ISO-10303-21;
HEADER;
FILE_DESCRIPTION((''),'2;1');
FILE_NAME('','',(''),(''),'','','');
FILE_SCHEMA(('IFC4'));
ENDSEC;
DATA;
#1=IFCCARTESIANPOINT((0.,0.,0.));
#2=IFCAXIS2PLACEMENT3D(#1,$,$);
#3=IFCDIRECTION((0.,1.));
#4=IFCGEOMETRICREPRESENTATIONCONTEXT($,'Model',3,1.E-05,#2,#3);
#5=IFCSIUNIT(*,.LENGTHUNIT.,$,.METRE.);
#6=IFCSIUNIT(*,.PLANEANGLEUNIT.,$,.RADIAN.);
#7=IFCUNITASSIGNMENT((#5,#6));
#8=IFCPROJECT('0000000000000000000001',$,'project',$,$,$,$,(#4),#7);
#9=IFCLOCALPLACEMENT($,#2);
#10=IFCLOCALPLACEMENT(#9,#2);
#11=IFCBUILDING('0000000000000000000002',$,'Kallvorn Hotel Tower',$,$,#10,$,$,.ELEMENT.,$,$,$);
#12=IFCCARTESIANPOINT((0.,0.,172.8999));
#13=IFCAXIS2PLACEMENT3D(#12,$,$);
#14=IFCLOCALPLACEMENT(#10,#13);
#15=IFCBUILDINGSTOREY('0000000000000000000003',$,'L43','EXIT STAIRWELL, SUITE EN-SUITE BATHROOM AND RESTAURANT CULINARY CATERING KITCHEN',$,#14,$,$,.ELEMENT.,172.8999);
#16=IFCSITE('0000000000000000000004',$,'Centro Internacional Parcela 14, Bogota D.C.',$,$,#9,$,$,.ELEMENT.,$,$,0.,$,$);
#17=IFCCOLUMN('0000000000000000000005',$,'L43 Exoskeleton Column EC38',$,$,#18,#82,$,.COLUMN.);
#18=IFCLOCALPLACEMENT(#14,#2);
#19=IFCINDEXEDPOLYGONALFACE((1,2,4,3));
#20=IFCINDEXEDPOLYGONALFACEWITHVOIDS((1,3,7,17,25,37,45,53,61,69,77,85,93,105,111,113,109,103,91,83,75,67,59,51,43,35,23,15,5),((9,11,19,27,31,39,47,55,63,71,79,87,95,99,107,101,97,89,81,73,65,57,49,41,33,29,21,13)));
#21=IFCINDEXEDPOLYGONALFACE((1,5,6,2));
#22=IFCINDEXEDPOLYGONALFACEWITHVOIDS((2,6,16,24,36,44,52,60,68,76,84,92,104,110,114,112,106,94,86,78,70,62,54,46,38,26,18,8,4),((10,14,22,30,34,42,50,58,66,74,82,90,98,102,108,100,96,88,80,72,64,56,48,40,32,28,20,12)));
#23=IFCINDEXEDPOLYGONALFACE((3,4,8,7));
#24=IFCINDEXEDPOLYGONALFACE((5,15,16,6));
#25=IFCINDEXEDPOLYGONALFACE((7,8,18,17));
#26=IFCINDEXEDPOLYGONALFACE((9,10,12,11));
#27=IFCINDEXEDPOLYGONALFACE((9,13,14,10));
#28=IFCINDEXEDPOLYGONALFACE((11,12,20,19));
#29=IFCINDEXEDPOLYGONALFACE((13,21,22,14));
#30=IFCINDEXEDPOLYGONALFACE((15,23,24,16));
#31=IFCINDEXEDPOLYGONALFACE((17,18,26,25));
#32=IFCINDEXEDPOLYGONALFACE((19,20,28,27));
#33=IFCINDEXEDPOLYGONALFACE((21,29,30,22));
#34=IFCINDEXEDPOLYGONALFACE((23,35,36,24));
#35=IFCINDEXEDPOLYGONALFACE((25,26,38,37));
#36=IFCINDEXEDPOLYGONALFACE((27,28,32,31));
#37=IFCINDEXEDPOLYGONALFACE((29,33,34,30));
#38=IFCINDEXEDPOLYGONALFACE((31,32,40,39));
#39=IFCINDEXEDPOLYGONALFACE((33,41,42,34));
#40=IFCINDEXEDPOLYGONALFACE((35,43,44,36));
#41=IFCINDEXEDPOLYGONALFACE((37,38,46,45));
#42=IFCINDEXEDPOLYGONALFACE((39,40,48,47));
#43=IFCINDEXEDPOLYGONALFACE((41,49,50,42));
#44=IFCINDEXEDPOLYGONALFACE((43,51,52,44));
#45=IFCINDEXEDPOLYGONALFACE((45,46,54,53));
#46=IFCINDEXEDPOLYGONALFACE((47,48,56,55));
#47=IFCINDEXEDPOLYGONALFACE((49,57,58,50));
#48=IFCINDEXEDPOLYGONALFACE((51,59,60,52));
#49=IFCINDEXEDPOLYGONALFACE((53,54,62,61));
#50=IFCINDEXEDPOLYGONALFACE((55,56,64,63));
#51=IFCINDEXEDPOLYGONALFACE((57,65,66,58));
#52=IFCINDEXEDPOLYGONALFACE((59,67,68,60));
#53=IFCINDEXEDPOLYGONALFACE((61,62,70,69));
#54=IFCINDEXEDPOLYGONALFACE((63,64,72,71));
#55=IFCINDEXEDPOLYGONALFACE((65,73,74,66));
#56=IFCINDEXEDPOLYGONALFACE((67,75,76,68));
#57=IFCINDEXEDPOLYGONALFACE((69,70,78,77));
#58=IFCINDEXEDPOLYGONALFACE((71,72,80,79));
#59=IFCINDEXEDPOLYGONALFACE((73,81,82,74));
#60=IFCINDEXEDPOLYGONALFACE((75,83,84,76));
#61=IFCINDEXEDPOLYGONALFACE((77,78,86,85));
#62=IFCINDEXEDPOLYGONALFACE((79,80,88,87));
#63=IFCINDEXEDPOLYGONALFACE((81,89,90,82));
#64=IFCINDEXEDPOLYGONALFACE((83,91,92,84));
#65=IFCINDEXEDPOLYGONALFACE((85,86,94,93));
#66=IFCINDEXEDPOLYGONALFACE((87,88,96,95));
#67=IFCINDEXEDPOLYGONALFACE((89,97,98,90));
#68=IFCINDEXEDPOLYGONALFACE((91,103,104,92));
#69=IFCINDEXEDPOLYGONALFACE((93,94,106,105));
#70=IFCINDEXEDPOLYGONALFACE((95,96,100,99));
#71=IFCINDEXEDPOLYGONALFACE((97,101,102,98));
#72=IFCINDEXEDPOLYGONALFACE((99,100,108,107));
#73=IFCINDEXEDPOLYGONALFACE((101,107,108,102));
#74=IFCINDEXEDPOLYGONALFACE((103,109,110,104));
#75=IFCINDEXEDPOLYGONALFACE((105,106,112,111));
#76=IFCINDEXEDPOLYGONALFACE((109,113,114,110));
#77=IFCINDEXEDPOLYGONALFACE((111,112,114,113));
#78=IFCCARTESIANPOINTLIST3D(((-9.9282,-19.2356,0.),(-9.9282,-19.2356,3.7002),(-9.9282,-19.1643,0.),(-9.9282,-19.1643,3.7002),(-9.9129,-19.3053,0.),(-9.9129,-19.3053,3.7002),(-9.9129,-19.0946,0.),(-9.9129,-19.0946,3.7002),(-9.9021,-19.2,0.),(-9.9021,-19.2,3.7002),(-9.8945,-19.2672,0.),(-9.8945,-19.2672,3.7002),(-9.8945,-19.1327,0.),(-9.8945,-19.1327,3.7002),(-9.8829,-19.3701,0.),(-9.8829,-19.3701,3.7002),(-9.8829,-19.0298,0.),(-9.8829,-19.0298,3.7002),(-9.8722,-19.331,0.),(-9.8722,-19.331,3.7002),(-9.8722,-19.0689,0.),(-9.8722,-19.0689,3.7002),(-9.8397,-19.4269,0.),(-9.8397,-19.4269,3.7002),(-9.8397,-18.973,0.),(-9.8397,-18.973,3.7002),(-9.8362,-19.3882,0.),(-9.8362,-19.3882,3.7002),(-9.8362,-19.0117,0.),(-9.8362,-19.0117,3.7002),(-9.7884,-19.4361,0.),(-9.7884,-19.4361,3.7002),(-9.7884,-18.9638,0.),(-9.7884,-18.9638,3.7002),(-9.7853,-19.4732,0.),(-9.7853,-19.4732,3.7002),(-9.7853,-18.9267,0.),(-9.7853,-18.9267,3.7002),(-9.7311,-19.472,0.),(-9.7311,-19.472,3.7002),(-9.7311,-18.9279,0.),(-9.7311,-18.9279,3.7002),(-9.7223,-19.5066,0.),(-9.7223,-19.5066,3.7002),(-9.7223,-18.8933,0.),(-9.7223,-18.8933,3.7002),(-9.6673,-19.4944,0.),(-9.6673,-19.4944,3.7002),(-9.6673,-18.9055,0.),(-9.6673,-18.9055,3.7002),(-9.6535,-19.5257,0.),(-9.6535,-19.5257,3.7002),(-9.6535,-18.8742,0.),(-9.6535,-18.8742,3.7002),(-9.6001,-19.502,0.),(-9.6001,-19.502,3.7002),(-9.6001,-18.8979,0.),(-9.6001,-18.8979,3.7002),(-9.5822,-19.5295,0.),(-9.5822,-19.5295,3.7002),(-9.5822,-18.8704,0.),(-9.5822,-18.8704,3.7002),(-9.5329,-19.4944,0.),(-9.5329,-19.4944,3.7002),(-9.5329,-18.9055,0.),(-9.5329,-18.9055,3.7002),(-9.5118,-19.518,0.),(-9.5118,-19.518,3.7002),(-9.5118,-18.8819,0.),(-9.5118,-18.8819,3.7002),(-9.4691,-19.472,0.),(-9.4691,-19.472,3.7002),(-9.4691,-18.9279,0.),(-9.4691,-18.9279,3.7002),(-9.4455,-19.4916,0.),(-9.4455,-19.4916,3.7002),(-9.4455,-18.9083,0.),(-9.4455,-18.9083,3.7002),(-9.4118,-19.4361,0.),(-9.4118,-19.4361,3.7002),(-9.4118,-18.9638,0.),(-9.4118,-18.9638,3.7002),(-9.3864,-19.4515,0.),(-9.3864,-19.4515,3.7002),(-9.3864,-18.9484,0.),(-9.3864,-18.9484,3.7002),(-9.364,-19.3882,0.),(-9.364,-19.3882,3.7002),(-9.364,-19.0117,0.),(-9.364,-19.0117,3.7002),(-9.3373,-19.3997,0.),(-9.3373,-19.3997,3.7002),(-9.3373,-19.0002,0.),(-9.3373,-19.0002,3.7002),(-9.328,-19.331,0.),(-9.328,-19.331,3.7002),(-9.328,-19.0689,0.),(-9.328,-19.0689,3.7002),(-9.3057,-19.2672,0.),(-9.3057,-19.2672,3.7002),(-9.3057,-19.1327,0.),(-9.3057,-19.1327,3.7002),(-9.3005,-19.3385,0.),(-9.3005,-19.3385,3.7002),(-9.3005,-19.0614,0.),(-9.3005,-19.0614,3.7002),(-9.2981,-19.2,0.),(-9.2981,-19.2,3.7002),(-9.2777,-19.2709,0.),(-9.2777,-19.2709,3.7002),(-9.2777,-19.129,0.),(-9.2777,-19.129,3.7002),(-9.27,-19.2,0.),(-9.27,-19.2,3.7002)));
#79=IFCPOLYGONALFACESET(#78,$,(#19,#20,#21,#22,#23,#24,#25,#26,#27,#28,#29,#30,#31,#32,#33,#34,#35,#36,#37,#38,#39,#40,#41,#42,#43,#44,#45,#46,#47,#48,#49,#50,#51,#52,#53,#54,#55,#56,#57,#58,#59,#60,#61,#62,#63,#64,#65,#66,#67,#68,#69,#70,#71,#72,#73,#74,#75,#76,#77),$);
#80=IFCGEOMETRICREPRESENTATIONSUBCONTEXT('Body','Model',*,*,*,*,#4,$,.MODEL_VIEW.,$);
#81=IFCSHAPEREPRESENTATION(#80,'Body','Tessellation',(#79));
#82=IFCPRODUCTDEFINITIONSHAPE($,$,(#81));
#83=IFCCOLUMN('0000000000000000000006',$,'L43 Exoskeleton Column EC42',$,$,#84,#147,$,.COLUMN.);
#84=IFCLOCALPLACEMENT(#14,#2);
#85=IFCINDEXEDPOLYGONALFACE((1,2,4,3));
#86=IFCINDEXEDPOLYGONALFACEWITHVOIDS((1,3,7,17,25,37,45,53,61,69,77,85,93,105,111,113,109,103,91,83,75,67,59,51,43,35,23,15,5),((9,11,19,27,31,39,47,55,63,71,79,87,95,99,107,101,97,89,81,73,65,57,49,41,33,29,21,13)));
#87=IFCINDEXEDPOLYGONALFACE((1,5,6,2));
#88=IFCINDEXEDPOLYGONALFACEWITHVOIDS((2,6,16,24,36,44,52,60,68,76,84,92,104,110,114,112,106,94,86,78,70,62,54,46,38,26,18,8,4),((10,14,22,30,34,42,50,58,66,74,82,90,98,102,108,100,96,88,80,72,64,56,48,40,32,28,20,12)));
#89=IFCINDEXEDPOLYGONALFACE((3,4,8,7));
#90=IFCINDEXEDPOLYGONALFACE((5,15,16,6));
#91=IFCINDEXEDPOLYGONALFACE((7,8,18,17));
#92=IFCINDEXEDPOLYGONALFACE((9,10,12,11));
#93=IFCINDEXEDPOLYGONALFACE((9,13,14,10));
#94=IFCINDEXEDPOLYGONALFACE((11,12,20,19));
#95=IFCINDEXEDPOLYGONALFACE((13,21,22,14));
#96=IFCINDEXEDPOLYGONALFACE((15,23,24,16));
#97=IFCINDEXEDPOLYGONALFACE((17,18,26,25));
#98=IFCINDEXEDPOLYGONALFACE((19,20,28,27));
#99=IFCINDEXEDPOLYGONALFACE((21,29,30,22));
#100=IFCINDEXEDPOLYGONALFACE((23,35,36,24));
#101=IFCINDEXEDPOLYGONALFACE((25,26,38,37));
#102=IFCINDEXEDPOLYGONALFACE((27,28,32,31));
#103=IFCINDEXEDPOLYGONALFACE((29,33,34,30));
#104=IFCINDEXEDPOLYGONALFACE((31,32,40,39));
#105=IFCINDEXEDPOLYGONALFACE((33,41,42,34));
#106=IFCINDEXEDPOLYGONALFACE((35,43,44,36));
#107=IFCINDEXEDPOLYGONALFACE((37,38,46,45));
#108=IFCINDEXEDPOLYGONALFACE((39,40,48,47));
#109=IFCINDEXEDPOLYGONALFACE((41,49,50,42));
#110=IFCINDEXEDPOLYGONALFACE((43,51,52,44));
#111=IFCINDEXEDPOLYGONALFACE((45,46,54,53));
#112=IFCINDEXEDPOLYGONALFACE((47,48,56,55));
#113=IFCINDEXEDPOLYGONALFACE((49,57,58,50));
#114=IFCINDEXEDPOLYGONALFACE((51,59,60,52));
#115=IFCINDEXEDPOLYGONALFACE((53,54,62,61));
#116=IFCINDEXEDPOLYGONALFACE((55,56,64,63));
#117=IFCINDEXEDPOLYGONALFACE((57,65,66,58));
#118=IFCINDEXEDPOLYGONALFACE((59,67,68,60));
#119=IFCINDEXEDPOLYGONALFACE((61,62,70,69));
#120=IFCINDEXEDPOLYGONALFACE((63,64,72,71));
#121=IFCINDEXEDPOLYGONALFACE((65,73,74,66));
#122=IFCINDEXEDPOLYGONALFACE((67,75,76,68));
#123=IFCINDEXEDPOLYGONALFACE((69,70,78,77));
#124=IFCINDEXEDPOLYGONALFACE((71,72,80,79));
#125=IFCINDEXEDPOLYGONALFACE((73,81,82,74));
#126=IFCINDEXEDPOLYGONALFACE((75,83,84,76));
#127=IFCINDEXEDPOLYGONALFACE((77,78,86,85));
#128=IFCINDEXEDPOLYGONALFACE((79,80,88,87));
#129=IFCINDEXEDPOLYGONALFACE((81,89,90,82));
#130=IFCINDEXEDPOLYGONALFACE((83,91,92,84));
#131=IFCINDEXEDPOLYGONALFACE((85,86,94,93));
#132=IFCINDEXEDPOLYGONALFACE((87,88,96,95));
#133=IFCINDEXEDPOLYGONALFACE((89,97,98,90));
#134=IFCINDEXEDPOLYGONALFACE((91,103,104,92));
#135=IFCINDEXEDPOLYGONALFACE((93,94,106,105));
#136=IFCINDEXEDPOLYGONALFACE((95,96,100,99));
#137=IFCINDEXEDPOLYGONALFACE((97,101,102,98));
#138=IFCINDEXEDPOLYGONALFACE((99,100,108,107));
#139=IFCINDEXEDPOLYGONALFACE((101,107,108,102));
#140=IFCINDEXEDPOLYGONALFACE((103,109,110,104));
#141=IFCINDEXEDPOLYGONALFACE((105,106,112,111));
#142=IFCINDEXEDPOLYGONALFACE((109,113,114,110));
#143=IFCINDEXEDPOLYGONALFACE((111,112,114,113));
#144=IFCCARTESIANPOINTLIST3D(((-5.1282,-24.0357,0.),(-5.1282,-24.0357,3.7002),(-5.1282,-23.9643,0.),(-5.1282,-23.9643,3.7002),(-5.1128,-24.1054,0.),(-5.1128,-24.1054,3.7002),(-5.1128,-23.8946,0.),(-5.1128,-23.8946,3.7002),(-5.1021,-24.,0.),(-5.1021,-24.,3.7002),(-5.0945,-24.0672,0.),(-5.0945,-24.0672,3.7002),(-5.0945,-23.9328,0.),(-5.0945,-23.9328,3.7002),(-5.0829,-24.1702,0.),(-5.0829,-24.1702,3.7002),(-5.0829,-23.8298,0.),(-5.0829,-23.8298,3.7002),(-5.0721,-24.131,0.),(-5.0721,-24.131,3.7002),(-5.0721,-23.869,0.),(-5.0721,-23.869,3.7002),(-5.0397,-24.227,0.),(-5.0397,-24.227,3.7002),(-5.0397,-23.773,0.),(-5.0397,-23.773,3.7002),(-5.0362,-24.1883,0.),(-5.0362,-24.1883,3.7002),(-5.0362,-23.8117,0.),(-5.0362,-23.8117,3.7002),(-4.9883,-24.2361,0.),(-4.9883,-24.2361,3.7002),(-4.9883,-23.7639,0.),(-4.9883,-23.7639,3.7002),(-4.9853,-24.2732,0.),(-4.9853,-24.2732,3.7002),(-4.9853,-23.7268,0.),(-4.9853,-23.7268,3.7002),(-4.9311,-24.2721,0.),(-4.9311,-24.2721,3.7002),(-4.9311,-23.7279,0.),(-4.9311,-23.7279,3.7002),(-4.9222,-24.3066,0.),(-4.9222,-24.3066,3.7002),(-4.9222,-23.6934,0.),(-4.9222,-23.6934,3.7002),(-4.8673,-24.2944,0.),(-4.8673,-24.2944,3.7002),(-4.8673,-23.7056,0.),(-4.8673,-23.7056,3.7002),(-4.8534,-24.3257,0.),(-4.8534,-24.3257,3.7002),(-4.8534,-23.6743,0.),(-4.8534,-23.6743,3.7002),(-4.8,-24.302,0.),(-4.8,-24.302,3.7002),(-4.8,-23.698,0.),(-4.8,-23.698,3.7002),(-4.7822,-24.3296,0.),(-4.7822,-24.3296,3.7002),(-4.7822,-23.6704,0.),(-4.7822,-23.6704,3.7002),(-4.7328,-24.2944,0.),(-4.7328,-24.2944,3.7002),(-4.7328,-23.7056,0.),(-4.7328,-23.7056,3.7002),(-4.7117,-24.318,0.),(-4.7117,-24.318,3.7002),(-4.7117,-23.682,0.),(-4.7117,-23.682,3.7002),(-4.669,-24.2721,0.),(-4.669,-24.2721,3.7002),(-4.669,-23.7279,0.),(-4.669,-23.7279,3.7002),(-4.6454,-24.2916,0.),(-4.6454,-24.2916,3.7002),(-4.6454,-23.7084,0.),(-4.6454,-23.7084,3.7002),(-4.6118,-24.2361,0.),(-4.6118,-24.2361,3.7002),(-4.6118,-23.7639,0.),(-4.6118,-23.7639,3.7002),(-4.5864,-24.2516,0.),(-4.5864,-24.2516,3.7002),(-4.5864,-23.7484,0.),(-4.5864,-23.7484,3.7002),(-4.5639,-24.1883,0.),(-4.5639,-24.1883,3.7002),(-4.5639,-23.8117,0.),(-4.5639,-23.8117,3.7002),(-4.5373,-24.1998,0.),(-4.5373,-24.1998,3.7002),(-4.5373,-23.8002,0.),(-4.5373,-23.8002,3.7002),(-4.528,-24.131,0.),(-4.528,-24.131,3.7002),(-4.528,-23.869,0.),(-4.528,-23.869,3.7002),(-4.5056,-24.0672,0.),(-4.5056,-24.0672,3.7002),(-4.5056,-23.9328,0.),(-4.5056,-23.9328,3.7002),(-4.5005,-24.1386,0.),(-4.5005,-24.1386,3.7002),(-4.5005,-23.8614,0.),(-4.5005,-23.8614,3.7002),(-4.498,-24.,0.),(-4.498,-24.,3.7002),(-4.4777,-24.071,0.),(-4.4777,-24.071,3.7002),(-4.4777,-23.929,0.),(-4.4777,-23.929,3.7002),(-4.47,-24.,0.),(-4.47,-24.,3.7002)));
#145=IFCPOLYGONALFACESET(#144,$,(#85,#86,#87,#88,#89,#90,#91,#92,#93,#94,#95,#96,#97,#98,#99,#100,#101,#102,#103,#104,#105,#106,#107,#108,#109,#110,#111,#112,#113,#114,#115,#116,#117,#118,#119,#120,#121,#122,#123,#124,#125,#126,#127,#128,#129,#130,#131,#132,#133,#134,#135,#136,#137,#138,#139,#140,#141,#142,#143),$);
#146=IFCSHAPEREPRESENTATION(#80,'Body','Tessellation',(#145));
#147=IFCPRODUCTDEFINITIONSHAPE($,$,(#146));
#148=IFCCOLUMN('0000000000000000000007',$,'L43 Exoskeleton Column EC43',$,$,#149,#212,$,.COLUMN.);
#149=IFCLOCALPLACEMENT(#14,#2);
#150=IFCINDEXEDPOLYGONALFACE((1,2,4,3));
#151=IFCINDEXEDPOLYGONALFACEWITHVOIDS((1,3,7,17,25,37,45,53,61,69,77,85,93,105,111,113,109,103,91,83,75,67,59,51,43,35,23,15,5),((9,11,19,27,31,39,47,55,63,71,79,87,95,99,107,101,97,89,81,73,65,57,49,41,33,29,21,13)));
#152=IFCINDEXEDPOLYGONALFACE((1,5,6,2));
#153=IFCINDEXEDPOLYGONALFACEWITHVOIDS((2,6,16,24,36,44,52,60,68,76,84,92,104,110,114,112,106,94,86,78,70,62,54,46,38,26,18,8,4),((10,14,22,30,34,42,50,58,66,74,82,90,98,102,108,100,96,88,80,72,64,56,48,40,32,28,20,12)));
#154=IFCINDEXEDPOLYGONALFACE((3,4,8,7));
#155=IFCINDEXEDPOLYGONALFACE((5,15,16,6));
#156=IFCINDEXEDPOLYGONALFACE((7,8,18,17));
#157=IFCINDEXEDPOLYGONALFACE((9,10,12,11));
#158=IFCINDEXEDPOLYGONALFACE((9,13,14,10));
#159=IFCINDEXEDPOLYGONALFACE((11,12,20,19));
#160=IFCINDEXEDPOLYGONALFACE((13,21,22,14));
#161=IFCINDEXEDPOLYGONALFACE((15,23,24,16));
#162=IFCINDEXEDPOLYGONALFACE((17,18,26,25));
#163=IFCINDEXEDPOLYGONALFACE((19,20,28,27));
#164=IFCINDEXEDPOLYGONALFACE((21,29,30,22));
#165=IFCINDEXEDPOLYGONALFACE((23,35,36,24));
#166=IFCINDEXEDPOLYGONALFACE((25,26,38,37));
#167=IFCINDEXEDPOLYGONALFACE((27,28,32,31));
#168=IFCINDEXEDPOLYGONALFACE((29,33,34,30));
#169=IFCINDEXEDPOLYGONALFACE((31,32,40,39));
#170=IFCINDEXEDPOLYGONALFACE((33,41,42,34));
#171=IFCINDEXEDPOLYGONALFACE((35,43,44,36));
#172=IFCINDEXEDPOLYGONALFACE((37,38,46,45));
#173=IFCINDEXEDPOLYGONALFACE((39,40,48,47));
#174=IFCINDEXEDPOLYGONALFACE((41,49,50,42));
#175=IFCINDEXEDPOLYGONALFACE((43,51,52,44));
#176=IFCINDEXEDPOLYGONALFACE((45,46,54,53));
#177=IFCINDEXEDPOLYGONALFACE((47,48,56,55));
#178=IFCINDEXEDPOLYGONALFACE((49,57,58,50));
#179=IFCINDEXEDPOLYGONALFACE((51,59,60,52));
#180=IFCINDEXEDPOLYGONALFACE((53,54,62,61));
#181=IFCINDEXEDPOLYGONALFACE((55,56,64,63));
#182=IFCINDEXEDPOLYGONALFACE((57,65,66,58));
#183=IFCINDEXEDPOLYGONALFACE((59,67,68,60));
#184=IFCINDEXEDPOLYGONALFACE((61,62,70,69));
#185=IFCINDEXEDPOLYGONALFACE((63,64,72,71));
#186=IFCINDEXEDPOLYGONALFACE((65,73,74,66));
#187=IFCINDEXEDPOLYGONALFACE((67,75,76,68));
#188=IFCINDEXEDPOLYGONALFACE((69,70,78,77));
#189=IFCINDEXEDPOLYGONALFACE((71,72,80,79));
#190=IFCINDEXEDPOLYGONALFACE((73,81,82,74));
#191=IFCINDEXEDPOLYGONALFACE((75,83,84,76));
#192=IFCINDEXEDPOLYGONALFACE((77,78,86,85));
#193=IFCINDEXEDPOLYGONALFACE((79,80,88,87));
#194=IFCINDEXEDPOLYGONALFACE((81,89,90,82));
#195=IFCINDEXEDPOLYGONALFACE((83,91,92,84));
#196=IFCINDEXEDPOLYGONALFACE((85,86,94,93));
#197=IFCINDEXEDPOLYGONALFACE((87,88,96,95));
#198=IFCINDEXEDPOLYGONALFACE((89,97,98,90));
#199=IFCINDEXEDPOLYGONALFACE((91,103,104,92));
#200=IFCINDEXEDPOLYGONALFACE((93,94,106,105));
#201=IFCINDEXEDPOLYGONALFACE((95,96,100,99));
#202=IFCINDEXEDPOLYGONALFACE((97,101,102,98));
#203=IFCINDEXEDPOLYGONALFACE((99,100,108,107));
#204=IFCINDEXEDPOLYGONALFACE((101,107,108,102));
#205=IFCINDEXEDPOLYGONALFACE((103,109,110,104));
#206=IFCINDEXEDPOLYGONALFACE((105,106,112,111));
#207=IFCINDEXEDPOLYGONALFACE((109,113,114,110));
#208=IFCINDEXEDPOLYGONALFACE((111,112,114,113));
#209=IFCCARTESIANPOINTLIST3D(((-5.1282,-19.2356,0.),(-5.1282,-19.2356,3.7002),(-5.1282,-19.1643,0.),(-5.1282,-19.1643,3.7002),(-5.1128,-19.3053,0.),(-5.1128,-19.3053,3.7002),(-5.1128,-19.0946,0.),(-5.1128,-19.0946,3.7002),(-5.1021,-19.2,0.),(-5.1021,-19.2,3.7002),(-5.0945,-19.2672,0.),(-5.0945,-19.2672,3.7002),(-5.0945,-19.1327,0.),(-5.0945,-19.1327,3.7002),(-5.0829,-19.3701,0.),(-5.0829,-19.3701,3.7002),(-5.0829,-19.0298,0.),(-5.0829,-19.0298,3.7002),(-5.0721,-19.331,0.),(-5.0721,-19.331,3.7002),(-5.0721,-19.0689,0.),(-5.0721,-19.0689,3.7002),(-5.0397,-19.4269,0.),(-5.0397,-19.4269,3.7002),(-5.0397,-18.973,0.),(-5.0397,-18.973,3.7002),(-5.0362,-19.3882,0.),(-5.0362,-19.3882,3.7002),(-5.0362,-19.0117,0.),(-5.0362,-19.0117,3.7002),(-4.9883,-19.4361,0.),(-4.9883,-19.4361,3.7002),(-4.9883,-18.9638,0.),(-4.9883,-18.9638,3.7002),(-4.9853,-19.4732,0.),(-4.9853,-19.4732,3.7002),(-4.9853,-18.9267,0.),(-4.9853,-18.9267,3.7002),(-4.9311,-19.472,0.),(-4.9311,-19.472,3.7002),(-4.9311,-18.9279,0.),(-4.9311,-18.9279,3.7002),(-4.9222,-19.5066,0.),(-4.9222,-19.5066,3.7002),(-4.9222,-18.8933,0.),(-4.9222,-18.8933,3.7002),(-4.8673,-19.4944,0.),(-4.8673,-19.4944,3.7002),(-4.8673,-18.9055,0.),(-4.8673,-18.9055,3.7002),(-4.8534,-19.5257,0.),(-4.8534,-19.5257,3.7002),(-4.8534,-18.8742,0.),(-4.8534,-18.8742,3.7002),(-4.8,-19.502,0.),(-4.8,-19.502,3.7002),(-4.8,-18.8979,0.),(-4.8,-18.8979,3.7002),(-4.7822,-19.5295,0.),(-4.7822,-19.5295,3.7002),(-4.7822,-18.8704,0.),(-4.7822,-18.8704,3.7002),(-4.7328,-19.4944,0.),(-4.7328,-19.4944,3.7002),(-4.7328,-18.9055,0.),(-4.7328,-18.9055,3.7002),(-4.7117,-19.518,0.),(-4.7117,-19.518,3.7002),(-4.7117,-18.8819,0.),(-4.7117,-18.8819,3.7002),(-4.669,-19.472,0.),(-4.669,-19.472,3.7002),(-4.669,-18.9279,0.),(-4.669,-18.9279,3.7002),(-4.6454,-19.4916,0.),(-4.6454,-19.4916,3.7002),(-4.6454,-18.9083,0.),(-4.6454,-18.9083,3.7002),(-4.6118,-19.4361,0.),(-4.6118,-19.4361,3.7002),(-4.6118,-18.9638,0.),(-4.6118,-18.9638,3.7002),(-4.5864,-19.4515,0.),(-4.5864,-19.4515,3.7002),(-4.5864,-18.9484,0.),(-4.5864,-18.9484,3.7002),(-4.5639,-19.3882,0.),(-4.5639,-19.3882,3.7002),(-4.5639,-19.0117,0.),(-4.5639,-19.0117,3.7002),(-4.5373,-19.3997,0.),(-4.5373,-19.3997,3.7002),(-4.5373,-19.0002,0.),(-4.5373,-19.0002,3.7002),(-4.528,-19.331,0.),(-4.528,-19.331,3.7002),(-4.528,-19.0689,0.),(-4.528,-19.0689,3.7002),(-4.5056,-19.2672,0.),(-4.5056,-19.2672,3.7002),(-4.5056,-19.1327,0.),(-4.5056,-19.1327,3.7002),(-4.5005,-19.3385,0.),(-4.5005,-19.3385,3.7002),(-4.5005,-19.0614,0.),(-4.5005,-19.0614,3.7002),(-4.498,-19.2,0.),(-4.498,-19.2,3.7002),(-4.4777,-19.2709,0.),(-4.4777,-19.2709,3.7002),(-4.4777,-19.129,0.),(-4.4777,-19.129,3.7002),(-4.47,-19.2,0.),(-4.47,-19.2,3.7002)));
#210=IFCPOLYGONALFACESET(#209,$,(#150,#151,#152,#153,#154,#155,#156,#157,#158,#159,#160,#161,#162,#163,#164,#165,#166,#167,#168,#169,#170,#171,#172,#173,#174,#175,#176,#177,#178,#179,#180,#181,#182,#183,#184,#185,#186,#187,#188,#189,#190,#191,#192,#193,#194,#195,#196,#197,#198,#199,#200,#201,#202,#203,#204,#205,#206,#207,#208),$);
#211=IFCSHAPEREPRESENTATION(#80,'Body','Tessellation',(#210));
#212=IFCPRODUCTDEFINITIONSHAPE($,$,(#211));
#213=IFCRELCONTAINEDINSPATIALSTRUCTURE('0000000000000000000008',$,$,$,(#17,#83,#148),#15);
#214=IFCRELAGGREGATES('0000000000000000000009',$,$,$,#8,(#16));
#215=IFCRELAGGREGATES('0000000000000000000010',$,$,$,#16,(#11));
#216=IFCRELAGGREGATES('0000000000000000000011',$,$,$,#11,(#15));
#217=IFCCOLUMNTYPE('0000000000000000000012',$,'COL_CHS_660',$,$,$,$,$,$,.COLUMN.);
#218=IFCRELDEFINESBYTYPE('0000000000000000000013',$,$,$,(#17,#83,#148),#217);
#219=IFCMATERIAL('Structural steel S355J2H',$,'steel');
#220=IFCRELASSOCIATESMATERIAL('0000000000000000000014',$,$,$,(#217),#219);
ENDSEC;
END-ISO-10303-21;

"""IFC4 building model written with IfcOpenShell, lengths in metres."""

from ifc_helpers import new_model, si_unit, direction, frame, origin, origin_2d, place, context, subcontext, project, spatial, hollow_circle, extrude, material, material_profile, profile_set, type_object, element, save


model = new_model("IFC4")

# Units and contexts
model_context = context("Model", 3, precision=1e-05, world=origin(), true_north=direction((0.0, 1.0)))
body_context = subcontext(model_context, "Body", "Model", "MODEL_VIEW")
ifc_project = project(units=[si_unit("LENGTHUNIT", "METRE"), si_unit("PLANEANGLEUNIT", "RADIAN")], contexts=[model_context])

# Site, building, storey
site_placement = place(None, origin())
site = spatial("IfcSite", under=ifc_project, at=site_placement, Name="Centro Internacional Parcela 14, Bogota D.C.", CompositionType="ELEMENT", RefElevation=0.0)
building_placement = place(site_placement, origin())
building = spatial("IfcBuilding", under=site, at=building_placement, Name="Kallvorn Hotel Tower", CompositionType="ELEMENT")
storey_placement = place(building_placement, frame((0.0, 0.0, 172.8999)))
storey = spatial("IfcBuildingStorey", under=building, at=storey_placement, Name="L43", Description="EXIT STAIRWELL, SUITE EN-SUITE BATHROOM AND RESTAURANT CULINARY CATERING KITCHEN", CompositionType="ELEMENT", Elevation=172.8999)

# Columns
ifc_material_1 = material(Name="Structural steel S355J2H", Category="steel")
ifc_material_profile_1 = material_profile(ifc_material_1, hollow_circle(Radius=0.3301, WallThickness=0.0281, at=origin_2d()), Name="CHS 660x28")
ifc_profile_set_1 = profile_set([ifc_material_profile_1], Name="Structural steel S355J2H")
column_type_1 = type_object("IfcColumnType", Name="COL_CHS_660", PredefinedType="COLUMN", material=ifc_profile_set_1)
for number, where, z_axis, x_axis, name in (
    (1, (-9.6001, -19.2, 0.0), (0.0, 0.0, 1.0), (1.0, 0.0, 0.0), "L43 Exoskeleton Column EC38"),
    (2, (-4.8, -24.0, 0.0), (0.0, 0.0, 1.0), (1.0, 0.0, 0.0), "L43 Exoskeleton Column EC42"),
    (3, (-4.8, -19.2, 0.0), (0.0, 0.0, 1.0), (1.0, 0.0, 0.0), "L43 Exoskeleton Column EC43"),
):
    element("IfcColumn", number, at=place(storey_placement, frame(where, z_axis=z_axis, x_axis=x_axis)), inside=storey, type_object=column_type_1, Name=name, PredefinedType="COLUMN", context=body_context, shape_type="SweptSolid", body=[
        extrude(hollow_circle(Radius=0.3301, WallThickness=0.0281, at=origin_2d()), origin(), (0.0, 0.0, 1.0), 3.7002),
    ])

save(model, "model.ifc")
